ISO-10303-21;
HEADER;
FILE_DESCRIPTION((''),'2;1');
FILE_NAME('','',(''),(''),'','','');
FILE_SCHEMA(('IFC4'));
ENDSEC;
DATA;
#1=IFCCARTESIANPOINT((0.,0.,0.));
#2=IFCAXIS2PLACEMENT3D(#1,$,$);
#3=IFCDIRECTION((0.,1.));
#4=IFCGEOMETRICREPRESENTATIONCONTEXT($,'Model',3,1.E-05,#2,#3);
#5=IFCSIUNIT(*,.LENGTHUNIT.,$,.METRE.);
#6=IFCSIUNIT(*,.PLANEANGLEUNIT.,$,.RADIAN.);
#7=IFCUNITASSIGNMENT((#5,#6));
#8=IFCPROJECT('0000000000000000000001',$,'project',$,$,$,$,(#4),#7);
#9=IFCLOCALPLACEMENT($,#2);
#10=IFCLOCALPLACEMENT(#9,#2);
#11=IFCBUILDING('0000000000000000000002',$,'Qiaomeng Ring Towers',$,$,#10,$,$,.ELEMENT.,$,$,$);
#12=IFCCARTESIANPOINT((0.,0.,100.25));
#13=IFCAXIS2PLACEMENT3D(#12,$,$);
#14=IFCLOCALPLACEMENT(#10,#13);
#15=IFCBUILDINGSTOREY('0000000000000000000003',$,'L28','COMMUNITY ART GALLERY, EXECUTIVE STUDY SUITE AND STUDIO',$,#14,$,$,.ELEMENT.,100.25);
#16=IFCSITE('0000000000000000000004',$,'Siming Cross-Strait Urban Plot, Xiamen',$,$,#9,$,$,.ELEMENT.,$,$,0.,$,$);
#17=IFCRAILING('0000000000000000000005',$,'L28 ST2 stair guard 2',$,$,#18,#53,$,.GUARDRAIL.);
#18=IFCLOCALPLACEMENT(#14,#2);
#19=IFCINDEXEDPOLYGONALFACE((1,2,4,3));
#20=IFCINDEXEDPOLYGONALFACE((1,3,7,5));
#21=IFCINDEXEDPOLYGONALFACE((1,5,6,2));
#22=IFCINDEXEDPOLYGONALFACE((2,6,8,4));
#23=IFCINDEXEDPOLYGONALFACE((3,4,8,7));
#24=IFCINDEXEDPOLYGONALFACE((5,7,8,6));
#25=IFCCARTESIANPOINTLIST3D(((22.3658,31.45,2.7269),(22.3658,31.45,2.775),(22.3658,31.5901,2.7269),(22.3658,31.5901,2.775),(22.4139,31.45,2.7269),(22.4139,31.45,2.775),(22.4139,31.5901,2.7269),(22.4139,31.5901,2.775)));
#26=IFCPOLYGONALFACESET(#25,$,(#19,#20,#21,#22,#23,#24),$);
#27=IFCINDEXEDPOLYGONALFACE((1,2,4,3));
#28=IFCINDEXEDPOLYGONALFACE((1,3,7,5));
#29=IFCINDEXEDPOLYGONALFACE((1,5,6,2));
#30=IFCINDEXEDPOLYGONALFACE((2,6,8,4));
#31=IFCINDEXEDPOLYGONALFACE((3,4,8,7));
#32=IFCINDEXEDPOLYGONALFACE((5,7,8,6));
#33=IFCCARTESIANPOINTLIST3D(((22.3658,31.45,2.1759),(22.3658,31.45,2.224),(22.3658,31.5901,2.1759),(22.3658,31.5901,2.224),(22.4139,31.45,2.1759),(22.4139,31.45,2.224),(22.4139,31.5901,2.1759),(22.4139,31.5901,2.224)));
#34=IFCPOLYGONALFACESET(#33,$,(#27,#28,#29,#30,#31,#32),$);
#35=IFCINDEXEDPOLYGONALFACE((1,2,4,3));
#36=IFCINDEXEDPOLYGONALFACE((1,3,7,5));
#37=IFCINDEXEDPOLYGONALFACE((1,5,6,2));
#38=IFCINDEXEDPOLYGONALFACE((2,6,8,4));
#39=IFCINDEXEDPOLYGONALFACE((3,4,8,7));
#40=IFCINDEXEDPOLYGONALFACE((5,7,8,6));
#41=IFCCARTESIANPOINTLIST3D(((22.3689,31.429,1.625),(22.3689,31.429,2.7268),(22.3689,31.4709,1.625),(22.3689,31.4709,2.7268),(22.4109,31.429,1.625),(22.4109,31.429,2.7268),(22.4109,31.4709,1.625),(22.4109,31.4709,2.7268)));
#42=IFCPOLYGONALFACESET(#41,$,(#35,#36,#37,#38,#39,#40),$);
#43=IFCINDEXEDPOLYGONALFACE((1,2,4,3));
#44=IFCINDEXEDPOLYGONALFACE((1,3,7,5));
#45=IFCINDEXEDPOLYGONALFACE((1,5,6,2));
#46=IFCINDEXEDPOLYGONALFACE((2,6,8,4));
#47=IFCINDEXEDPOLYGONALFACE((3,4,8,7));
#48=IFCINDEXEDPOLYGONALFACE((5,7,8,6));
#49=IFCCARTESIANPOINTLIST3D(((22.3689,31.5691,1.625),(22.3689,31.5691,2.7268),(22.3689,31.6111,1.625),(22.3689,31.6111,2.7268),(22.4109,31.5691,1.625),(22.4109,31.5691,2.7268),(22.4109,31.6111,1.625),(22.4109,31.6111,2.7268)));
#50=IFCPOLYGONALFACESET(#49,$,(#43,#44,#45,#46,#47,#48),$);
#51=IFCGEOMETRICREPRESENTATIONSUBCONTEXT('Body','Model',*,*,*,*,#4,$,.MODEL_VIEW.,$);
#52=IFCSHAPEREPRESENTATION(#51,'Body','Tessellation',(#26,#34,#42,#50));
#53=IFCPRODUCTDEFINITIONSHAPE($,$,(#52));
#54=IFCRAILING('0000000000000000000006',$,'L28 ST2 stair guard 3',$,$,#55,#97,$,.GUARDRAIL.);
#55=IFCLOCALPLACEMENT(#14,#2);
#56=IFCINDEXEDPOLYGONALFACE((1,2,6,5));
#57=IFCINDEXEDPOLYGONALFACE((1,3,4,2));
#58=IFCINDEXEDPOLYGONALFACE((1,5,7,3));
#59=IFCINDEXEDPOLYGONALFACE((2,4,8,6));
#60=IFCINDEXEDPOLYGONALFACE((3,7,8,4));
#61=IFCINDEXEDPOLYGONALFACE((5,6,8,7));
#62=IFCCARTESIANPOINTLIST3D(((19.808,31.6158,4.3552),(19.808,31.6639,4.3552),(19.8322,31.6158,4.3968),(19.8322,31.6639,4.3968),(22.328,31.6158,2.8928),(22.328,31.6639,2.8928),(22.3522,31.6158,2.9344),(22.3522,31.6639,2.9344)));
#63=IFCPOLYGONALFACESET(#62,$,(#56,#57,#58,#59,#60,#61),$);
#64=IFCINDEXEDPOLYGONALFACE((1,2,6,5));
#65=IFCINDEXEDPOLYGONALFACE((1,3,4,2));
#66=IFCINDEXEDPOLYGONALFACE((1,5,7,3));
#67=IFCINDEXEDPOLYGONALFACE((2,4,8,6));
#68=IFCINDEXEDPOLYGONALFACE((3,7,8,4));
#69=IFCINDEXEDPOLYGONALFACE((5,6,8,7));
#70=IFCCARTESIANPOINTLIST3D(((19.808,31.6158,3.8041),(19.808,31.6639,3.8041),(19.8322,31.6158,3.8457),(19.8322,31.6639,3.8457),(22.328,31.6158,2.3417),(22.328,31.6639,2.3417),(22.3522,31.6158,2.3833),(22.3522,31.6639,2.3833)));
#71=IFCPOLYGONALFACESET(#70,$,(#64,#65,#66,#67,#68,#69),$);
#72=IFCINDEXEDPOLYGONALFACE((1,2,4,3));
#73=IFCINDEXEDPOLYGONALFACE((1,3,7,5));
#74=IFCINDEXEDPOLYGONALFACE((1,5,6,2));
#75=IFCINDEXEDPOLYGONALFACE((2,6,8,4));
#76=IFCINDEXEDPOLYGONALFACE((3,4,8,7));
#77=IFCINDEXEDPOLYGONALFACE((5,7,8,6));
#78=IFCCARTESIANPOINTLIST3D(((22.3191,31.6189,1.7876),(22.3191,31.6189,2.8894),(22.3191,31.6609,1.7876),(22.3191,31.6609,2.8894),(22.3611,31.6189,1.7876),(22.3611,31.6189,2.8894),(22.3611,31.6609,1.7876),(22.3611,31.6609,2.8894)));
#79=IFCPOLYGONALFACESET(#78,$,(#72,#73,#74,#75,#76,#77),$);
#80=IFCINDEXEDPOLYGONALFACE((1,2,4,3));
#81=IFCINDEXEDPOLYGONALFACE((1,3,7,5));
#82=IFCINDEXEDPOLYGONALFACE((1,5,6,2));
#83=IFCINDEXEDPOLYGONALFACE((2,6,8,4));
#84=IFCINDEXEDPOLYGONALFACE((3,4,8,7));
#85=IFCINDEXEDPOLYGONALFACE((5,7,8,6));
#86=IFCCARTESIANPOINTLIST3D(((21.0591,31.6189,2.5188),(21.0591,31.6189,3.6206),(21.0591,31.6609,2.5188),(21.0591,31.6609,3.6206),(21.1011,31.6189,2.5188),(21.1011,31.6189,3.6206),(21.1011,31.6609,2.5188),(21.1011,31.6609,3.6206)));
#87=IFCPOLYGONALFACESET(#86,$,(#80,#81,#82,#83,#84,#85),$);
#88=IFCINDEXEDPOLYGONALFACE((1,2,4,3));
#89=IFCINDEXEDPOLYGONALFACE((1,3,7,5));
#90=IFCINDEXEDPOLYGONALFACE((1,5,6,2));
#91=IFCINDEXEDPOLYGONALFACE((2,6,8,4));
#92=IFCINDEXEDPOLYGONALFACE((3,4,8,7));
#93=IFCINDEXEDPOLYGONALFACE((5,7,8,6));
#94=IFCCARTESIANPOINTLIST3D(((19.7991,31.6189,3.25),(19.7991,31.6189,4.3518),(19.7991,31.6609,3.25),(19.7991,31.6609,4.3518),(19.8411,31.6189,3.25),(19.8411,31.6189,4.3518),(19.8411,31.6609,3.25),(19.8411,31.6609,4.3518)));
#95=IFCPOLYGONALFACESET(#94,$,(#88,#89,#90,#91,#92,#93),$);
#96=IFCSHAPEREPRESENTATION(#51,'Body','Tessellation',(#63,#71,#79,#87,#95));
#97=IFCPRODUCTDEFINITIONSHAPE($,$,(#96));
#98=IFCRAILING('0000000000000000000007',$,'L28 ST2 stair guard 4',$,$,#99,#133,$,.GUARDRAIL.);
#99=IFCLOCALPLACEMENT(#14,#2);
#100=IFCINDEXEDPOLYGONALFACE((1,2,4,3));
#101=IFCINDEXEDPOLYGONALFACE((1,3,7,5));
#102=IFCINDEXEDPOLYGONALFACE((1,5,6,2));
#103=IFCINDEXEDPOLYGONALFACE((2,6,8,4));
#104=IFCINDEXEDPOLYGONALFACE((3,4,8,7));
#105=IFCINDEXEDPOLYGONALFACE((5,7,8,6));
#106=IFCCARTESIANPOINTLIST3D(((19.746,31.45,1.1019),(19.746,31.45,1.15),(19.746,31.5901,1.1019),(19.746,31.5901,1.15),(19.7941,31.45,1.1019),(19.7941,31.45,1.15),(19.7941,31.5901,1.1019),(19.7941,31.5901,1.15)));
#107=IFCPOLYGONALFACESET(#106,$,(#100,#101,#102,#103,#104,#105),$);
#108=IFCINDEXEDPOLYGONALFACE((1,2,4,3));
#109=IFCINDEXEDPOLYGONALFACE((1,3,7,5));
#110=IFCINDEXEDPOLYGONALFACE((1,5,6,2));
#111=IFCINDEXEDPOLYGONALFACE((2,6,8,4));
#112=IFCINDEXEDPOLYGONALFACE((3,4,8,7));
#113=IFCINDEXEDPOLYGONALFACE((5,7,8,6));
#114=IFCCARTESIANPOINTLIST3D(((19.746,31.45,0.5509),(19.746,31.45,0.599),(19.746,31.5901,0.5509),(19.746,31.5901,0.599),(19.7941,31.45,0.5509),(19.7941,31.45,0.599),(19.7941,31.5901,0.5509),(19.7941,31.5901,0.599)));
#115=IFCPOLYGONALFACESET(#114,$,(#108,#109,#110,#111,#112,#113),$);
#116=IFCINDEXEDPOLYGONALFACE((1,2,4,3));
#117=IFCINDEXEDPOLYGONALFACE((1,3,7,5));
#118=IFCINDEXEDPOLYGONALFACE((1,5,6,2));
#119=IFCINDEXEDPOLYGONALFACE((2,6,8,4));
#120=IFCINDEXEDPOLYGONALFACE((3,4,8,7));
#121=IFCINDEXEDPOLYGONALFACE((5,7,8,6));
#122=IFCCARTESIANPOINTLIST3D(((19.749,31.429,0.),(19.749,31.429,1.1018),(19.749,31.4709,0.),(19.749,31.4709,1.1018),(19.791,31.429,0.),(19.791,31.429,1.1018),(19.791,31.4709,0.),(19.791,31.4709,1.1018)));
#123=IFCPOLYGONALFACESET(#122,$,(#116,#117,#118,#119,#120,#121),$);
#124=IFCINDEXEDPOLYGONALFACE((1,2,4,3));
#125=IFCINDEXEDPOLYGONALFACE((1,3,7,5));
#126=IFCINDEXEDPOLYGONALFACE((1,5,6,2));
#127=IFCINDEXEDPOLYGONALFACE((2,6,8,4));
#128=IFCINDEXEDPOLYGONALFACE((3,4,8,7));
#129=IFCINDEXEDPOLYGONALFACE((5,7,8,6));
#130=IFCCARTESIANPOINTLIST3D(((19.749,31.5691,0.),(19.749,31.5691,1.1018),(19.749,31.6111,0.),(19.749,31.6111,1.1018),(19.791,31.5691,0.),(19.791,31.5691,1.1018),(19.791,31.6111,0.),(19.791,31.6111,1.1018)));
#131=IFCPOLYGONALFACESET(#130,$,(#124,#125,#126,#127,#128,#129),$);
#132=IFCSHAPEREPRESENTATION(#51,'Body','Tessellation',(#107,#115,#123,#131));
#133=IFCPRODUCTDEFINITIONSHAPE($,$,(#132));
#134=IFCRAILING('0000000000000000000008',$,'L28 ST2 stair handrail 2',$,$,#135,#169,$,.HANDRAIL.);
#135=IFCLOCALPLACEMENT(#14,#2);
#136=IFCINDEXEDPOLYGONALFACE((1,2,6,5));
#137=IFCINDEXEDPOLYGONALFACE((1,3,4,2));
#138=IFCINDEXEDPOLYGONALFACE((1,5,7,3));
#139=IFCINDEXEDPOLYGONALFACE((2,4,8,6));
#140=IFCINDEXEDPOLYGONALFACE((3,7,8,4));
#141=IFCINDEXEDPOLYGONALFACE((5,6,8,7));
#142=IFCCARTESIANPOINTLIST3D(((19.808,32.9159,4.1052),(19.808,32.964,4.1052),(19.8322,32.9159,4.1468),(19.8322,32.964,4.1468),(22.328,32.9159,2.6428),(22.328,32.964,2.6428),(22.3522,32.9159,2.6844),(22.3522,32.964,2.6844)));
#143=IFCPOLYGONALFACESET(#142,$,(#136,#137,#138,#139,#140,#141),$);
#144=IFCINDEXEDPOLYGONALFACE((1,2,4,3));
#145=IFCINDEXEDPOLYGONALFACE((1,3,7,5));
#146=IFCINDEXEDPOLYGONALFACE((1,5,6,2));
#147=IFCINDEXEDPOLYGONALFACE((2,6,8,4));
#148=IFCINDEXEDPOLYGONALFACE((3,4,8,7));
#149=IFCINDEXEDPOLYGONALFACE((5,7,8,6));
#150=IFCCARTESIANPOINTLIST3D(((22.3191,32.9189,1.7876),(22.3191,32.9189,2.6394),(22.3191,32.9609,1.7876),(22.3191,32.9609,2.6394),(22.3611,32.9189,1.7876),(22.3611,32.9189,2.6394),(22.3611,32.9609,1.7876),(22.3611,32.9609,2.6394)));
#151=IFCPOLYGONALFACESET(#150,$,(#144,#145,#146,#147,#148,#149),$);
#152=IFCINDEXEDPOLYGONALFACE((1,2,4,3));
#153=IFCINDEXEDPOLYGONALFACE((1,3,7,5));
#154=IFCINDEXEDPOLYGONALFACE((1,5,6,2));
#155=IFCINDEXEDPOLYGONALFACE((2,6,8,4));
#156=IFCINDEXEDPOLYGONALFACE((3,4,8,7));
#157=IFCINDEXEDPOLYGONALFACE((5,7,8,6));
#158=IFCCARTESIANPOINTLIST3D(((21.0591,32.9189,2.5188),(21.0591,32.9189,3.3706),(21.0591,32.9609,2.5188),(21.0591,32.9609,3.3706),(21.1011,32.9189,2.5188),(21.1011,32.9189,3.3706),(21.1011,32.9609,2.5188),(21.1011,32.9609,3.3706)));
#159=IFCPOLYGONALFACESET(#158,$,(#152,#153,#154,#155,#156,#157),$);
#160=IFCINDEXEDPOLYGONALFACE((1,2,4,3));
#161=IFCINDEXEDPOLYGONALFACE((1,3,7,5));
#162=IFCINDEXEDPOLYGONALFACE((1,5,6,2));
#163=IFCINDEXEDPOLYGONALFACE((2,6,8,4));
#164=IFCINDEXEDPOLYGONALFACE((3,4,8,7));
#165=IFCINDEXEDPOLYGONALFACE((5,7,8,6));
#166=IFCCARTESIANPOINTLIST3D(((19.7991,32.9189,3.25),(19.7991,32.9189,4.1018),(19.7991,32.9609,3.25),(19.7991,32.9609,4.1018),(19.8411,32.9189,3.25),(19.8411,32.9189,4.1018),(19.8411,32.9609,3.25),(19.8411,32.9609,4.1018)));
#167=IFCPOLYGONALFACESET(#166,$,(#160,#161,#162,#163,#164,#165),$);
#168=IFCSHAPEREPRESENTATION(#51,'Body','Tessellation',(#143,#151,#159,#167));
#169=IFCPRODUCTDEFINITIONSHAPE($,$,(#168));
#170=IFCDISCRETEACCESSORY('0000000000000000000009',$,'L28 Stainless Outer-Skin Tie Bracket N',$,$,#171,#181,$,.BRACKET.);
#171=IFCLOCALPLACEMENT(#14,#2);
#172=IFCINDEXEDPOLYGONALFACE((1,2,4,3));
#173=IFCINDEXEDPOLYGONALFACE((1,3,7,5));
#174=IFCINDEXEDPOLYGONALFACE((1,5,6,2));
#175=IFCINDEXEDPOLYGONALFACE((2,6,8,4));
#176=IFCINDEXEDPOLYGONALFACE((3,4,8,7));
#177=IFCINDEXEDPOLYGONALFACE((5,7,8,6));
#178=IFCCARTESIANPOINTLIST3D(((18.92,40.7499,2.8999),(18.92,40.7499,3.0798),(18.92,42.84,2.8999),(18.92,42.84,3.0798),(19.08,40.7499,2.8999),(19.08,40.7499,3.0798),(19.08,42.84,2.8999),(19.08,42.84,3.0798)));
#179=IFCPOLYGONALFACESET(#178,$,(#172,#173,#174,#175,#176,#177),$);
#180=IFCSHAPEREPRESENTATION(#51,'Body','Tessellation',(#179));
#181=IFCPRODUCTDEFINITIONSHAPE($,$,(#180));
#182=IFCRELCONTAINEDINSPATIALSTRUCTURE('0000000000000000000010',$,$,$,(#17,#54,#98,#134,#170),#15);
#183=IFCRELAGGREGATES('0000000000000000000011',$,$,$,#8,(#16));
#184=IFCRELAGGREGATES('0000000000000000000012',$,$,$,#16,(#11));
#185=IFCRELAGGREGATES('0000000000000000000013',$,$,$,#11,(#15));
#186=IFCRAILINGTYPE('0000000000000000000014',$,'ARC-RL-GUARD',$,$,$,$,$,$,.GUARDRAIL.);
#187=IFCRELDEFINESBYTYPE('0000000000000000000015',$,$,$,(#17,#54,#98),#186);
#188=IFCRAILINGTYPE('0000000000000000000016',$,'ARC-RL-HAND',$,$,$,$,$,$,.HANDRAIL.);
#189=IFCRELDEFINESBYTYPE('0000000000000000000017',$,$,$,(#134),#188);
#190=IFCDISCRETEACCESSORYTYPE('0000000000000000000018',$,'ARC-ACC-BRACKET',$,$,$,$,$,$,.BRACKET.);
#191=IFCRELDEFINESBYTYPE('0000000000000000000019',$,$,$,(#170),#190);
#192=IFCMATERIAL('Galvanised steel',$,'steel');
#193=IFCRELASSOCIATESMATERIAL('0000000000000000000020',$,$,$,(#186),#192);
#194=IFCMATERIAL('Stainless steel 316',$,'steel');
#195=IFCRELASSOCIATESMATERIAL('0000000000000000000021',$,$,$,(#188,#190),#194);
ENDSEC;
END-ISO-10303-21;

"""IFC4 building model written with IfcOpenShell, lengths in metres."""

from ifc_helpers import new_model, si_unit, direction, frame, origin, origin_2d, place, context, subcontext, project, spatial, rectangle, extrude, source, transform, mapped, material, type_object, element, save


model = new_model("IFC4")

# Units and contexts
model_context = context("Model", 3, precision=1e-05, world=origin(), true_north=direction((0.0, 1.0)))
body_context = subcontext(model_context, "Body", "Model", "MODEL_VIEW")
ifc_project = project(units=[si_unit("LENGTHUNIT", "METRE"), si_unit("PLANEANGLEUNIT", "RADIAN")], contexts=[model_context])

# Site, building, storey
site_placement = place(None, origin())
site = spatial("IfcSite", under=ifc_project, at=site_placement, Name="Siming Cross-Strait Urban Plot, Xiamen", CompositionType="ELEMENT", RefElevation=0.0)
building_placement = place(site_placement, origin())
building = spatial("IfcBuilding", under=site, at=building_placement, Name="Qiaomeng Ring Towers", CompositionType="ELEMENT")
storey_placement = place(building_placement, frame((0.0, 0.0, 100.25)))
storey = spatial("IfcBuildingStorey", under=building, at=storey_placement, Name="L28", Description="COMMUNITY ART GALLERY, EXECUTIVE STUDY SUITE AND STUDIO", CompositionType="ELEMENT", Elevation=100.25)

# Shared definitions
ifc_material_1 = material(Name="Galvanised steel", Category="steel")

# Railings
railing_type_1 = type_object("IfcRailingType", Name="ARC-RL-GUARD", PredefinedType="GUARDRAIL", material=ifc_material_1)
railing_1_placement = place(storey_placement, frame((22.3899, 31.45, 1.625)))
element("IfcRailing", 1, at=railing_1_placement, inside=storey, type_object=railing_type_1, Name="L28 ST2 stair guard 2", PredefinedType="GUARDRAIL", context=body_context, shape_type="SweptSolid", body=[
    extrude(rectangle(XDim=0.0481, YDim=0.0481, at=origin_2d()), frame((0.0, 0.0, 1.126), z_axis=(0.0, 1.0, 0.0), x_axis=(-1.0, 0.0, 0.0)), (0.0, 0.0, 1.0), 0.1401),
    extrude(rectangle(XDim=0.0481, YDim=0.0481, at=origin_2d()), frame((0.0, 0.0, 0.575), z_axis=(0.0, 1.0, 0.0), x_axis=(-1.0, 0.0, 0.0)), (0.0, 0.0, 1.0), 0.1401),
    extrude(rectangle(XDim=0.042, YDim=0.042, at=origin_2d()), origin(), (0.0, 0.0, 1.0), 1.1018),
    extrude(rectangle(XDim=0.042, YDim=0.042, at=origin_2d()), frame((0.0, 0.1401, 0.0)), (0.0, 0.0, 1.0), 1.1018),
])
railing_2_placement = place(storey_placement, frame((22.3401, 31.6399, 1.7876)))
element("IfcRailing", 2, at=railing_2_placement, inside=storey, type_object=railing_type_1, Name="L28 ST2 stair guard 3", PredefinedType="GUARDRAIL", context=body_context, shape_type="SweptSolid", body=[
    extrude(rectangle(XDim=0.0481, YDim=0.0481, at=origin_2d()), frame((0.0, 0.0, 1.126), z_axis=(-0.864913, 0.0, 0.501921), x_axis=(0.0, -1.0, 0.0)), (0.0, 0.0, 1.0), 2.9136),
    extrude(rectangle(XDim=0.0481, YDim=0.0481, at=origin_2d()), frame((0.0, 0.0, 0.575), z_axis=(-0.864913, 0.0, 0.501921), x_axis=(0.0, -1.0, 0.0)), (0.0, 0.0, 1.0), 2.9136),
    extrude(rectangle(XDim=0.042, YDim=0.042, at=origin_2d()), origin(), (0.0, 0.0, 1.0), 1.1018),
    extrude(rectangle(XDim=0.042, YDim=0.042, at=origin_2d()), frame((-1.26, 0.0, 0.7312)), (0.0, 0.0, 1.0), 1.1018),
    extrude(rectangle(XDim=0.042, YDim=0.042, at=origin_2d()), frame((-2.52, 0.0, 1.4624)), (0.0, 0.0, 1.0), 1.1018),
])
railing_3_placement = place(storey_placement, frame((19.77, 31.45, 0.0)))
element("IfcRailing", 3, at=railing_3_placement, inside=storey, type_object=railing_type_1, Name="L28 ST2 stair guard 4", PredefinedType="GUARDRAIL", context=body_context, shape_type="SweptSolid", body=[
    extrude(rectangle(XDim=0.0481, YDim=0.0481, at=origin_2d()), frame((0.0, 0.0, 1.126), z_axis=(0.0, 1.0, 0.0), x_axis=(-1.0, 0.0, 0.0)), (0.0, 0.0, 1.0), 0.1401),
    extrude(rectangle(XDim=0.0481, YDim=0.0481, at=origin_2d()), frame((0.0, 0.0, 0.575), z_axis=(0.0, 1.0, 0.0), x_axis=(-1.0, 0.0, 0.0)), (0.0, 0.0, 1.0), 0.1401),
    extrude(rectangle(XDim=0.042, YDim=0.042, at=origin_2d()), origin(), (0.0, 0.0, 1.0), 1.1018),
    extrude(rectangle(XDim=0.042, YDim=0.042, at=origin_2d()), frame((0.0, 0.1401, 0.0)), (0.0, 0.0, 1.0), 1.1018),
])
ifc_material_2 = material(Name="Stainless steel 316", Category="steel")
railing_type_2 = type_object("IfcRailingType", Name="ARC-RL-HAND", PredefinedType="HANDRAIL", material=ifc_material_2)
railing_4_placement = place(storey_placement, frame((22.3401, 32.9399, 1.7876)))
element("IfcRailing", 4, at=railing_4_placement, inside=storey, type_object=railing_type_2, Name="L28 ST2 stair handrail 2", PredefinedType="HANDRAIL", context=body_context, shape_type="SweptSolid", body=[
    extrude(rectangle(XDim=0.0481, YDim=0.0481, at=origin_2d()), frame((0.0, 0.0, 0.876), z_axis=(-0.864913, 0.0, 0.501921), x_axis=(0.0, -1.0, 0.0)), (0.0, 0.0, 1.0), 2.9136),
    extrude(rectangle(XDim=0.042, YDim=0.042, at=origin_2d()), origin(), (0.0, 0.0, 1.0), 0.8518),
    extrude(rectangle(XDim=0.042, YDim=0.042, at=origin_2d()), frame((-1.26, 0.0, 0.7312)), (0.0, 0.0, 1.0), 0.8518),
    extrude(rectangle(XDim=0.042, YDim=0.042, at=origin_2d()), frame((-2.52, 0.0, 1.4624)), (0.0, 0.0, 1.0), 0.8518),
])

# Discrete accessory
discrete_accessory_type = type_object("IfcDiscreteAccessoryType", Name="ARC-ACC-BRACKET", PredefinedType="BRACKET", material=ifc_material_2)
shared_shape_1 = source(origin(), body_context, "Body", "SweptSolid", [
    extrude(rectangle(XDim=0.1599, YDim=2.0901, at=origin_2d()), origin(), (0.0, 0.0, 1.0), 0.1799),
])
discrete_accessory_placement = place(storey_placement, frame((19.0, 41.7949, 2.8999), z_axis=(0.0, 0.0, 1.0), x_axis=(1.0, 0.0, 0.0)))
element("IfcDiscreteAccessory", 5, at=discrete_accessory_placement, inside=storey, type_object=discrete_accessory_type, Name="L28 Stainless Outer-Skin Tie Bracket N", PredefinedType="BRACKET", context=body_context, shape_type="MappedRepresentation", body=[
    mapped(shared_shape_1, transform((0.0, 0.0, 0.0), x_axis=(1.0, 0.0, 0.0), y_axis=(0.0, 1.0, 0.0), z_axis=(0.0, 0.0, 1.0), scale=1.0)),
])

save(model, "model.ifc")
